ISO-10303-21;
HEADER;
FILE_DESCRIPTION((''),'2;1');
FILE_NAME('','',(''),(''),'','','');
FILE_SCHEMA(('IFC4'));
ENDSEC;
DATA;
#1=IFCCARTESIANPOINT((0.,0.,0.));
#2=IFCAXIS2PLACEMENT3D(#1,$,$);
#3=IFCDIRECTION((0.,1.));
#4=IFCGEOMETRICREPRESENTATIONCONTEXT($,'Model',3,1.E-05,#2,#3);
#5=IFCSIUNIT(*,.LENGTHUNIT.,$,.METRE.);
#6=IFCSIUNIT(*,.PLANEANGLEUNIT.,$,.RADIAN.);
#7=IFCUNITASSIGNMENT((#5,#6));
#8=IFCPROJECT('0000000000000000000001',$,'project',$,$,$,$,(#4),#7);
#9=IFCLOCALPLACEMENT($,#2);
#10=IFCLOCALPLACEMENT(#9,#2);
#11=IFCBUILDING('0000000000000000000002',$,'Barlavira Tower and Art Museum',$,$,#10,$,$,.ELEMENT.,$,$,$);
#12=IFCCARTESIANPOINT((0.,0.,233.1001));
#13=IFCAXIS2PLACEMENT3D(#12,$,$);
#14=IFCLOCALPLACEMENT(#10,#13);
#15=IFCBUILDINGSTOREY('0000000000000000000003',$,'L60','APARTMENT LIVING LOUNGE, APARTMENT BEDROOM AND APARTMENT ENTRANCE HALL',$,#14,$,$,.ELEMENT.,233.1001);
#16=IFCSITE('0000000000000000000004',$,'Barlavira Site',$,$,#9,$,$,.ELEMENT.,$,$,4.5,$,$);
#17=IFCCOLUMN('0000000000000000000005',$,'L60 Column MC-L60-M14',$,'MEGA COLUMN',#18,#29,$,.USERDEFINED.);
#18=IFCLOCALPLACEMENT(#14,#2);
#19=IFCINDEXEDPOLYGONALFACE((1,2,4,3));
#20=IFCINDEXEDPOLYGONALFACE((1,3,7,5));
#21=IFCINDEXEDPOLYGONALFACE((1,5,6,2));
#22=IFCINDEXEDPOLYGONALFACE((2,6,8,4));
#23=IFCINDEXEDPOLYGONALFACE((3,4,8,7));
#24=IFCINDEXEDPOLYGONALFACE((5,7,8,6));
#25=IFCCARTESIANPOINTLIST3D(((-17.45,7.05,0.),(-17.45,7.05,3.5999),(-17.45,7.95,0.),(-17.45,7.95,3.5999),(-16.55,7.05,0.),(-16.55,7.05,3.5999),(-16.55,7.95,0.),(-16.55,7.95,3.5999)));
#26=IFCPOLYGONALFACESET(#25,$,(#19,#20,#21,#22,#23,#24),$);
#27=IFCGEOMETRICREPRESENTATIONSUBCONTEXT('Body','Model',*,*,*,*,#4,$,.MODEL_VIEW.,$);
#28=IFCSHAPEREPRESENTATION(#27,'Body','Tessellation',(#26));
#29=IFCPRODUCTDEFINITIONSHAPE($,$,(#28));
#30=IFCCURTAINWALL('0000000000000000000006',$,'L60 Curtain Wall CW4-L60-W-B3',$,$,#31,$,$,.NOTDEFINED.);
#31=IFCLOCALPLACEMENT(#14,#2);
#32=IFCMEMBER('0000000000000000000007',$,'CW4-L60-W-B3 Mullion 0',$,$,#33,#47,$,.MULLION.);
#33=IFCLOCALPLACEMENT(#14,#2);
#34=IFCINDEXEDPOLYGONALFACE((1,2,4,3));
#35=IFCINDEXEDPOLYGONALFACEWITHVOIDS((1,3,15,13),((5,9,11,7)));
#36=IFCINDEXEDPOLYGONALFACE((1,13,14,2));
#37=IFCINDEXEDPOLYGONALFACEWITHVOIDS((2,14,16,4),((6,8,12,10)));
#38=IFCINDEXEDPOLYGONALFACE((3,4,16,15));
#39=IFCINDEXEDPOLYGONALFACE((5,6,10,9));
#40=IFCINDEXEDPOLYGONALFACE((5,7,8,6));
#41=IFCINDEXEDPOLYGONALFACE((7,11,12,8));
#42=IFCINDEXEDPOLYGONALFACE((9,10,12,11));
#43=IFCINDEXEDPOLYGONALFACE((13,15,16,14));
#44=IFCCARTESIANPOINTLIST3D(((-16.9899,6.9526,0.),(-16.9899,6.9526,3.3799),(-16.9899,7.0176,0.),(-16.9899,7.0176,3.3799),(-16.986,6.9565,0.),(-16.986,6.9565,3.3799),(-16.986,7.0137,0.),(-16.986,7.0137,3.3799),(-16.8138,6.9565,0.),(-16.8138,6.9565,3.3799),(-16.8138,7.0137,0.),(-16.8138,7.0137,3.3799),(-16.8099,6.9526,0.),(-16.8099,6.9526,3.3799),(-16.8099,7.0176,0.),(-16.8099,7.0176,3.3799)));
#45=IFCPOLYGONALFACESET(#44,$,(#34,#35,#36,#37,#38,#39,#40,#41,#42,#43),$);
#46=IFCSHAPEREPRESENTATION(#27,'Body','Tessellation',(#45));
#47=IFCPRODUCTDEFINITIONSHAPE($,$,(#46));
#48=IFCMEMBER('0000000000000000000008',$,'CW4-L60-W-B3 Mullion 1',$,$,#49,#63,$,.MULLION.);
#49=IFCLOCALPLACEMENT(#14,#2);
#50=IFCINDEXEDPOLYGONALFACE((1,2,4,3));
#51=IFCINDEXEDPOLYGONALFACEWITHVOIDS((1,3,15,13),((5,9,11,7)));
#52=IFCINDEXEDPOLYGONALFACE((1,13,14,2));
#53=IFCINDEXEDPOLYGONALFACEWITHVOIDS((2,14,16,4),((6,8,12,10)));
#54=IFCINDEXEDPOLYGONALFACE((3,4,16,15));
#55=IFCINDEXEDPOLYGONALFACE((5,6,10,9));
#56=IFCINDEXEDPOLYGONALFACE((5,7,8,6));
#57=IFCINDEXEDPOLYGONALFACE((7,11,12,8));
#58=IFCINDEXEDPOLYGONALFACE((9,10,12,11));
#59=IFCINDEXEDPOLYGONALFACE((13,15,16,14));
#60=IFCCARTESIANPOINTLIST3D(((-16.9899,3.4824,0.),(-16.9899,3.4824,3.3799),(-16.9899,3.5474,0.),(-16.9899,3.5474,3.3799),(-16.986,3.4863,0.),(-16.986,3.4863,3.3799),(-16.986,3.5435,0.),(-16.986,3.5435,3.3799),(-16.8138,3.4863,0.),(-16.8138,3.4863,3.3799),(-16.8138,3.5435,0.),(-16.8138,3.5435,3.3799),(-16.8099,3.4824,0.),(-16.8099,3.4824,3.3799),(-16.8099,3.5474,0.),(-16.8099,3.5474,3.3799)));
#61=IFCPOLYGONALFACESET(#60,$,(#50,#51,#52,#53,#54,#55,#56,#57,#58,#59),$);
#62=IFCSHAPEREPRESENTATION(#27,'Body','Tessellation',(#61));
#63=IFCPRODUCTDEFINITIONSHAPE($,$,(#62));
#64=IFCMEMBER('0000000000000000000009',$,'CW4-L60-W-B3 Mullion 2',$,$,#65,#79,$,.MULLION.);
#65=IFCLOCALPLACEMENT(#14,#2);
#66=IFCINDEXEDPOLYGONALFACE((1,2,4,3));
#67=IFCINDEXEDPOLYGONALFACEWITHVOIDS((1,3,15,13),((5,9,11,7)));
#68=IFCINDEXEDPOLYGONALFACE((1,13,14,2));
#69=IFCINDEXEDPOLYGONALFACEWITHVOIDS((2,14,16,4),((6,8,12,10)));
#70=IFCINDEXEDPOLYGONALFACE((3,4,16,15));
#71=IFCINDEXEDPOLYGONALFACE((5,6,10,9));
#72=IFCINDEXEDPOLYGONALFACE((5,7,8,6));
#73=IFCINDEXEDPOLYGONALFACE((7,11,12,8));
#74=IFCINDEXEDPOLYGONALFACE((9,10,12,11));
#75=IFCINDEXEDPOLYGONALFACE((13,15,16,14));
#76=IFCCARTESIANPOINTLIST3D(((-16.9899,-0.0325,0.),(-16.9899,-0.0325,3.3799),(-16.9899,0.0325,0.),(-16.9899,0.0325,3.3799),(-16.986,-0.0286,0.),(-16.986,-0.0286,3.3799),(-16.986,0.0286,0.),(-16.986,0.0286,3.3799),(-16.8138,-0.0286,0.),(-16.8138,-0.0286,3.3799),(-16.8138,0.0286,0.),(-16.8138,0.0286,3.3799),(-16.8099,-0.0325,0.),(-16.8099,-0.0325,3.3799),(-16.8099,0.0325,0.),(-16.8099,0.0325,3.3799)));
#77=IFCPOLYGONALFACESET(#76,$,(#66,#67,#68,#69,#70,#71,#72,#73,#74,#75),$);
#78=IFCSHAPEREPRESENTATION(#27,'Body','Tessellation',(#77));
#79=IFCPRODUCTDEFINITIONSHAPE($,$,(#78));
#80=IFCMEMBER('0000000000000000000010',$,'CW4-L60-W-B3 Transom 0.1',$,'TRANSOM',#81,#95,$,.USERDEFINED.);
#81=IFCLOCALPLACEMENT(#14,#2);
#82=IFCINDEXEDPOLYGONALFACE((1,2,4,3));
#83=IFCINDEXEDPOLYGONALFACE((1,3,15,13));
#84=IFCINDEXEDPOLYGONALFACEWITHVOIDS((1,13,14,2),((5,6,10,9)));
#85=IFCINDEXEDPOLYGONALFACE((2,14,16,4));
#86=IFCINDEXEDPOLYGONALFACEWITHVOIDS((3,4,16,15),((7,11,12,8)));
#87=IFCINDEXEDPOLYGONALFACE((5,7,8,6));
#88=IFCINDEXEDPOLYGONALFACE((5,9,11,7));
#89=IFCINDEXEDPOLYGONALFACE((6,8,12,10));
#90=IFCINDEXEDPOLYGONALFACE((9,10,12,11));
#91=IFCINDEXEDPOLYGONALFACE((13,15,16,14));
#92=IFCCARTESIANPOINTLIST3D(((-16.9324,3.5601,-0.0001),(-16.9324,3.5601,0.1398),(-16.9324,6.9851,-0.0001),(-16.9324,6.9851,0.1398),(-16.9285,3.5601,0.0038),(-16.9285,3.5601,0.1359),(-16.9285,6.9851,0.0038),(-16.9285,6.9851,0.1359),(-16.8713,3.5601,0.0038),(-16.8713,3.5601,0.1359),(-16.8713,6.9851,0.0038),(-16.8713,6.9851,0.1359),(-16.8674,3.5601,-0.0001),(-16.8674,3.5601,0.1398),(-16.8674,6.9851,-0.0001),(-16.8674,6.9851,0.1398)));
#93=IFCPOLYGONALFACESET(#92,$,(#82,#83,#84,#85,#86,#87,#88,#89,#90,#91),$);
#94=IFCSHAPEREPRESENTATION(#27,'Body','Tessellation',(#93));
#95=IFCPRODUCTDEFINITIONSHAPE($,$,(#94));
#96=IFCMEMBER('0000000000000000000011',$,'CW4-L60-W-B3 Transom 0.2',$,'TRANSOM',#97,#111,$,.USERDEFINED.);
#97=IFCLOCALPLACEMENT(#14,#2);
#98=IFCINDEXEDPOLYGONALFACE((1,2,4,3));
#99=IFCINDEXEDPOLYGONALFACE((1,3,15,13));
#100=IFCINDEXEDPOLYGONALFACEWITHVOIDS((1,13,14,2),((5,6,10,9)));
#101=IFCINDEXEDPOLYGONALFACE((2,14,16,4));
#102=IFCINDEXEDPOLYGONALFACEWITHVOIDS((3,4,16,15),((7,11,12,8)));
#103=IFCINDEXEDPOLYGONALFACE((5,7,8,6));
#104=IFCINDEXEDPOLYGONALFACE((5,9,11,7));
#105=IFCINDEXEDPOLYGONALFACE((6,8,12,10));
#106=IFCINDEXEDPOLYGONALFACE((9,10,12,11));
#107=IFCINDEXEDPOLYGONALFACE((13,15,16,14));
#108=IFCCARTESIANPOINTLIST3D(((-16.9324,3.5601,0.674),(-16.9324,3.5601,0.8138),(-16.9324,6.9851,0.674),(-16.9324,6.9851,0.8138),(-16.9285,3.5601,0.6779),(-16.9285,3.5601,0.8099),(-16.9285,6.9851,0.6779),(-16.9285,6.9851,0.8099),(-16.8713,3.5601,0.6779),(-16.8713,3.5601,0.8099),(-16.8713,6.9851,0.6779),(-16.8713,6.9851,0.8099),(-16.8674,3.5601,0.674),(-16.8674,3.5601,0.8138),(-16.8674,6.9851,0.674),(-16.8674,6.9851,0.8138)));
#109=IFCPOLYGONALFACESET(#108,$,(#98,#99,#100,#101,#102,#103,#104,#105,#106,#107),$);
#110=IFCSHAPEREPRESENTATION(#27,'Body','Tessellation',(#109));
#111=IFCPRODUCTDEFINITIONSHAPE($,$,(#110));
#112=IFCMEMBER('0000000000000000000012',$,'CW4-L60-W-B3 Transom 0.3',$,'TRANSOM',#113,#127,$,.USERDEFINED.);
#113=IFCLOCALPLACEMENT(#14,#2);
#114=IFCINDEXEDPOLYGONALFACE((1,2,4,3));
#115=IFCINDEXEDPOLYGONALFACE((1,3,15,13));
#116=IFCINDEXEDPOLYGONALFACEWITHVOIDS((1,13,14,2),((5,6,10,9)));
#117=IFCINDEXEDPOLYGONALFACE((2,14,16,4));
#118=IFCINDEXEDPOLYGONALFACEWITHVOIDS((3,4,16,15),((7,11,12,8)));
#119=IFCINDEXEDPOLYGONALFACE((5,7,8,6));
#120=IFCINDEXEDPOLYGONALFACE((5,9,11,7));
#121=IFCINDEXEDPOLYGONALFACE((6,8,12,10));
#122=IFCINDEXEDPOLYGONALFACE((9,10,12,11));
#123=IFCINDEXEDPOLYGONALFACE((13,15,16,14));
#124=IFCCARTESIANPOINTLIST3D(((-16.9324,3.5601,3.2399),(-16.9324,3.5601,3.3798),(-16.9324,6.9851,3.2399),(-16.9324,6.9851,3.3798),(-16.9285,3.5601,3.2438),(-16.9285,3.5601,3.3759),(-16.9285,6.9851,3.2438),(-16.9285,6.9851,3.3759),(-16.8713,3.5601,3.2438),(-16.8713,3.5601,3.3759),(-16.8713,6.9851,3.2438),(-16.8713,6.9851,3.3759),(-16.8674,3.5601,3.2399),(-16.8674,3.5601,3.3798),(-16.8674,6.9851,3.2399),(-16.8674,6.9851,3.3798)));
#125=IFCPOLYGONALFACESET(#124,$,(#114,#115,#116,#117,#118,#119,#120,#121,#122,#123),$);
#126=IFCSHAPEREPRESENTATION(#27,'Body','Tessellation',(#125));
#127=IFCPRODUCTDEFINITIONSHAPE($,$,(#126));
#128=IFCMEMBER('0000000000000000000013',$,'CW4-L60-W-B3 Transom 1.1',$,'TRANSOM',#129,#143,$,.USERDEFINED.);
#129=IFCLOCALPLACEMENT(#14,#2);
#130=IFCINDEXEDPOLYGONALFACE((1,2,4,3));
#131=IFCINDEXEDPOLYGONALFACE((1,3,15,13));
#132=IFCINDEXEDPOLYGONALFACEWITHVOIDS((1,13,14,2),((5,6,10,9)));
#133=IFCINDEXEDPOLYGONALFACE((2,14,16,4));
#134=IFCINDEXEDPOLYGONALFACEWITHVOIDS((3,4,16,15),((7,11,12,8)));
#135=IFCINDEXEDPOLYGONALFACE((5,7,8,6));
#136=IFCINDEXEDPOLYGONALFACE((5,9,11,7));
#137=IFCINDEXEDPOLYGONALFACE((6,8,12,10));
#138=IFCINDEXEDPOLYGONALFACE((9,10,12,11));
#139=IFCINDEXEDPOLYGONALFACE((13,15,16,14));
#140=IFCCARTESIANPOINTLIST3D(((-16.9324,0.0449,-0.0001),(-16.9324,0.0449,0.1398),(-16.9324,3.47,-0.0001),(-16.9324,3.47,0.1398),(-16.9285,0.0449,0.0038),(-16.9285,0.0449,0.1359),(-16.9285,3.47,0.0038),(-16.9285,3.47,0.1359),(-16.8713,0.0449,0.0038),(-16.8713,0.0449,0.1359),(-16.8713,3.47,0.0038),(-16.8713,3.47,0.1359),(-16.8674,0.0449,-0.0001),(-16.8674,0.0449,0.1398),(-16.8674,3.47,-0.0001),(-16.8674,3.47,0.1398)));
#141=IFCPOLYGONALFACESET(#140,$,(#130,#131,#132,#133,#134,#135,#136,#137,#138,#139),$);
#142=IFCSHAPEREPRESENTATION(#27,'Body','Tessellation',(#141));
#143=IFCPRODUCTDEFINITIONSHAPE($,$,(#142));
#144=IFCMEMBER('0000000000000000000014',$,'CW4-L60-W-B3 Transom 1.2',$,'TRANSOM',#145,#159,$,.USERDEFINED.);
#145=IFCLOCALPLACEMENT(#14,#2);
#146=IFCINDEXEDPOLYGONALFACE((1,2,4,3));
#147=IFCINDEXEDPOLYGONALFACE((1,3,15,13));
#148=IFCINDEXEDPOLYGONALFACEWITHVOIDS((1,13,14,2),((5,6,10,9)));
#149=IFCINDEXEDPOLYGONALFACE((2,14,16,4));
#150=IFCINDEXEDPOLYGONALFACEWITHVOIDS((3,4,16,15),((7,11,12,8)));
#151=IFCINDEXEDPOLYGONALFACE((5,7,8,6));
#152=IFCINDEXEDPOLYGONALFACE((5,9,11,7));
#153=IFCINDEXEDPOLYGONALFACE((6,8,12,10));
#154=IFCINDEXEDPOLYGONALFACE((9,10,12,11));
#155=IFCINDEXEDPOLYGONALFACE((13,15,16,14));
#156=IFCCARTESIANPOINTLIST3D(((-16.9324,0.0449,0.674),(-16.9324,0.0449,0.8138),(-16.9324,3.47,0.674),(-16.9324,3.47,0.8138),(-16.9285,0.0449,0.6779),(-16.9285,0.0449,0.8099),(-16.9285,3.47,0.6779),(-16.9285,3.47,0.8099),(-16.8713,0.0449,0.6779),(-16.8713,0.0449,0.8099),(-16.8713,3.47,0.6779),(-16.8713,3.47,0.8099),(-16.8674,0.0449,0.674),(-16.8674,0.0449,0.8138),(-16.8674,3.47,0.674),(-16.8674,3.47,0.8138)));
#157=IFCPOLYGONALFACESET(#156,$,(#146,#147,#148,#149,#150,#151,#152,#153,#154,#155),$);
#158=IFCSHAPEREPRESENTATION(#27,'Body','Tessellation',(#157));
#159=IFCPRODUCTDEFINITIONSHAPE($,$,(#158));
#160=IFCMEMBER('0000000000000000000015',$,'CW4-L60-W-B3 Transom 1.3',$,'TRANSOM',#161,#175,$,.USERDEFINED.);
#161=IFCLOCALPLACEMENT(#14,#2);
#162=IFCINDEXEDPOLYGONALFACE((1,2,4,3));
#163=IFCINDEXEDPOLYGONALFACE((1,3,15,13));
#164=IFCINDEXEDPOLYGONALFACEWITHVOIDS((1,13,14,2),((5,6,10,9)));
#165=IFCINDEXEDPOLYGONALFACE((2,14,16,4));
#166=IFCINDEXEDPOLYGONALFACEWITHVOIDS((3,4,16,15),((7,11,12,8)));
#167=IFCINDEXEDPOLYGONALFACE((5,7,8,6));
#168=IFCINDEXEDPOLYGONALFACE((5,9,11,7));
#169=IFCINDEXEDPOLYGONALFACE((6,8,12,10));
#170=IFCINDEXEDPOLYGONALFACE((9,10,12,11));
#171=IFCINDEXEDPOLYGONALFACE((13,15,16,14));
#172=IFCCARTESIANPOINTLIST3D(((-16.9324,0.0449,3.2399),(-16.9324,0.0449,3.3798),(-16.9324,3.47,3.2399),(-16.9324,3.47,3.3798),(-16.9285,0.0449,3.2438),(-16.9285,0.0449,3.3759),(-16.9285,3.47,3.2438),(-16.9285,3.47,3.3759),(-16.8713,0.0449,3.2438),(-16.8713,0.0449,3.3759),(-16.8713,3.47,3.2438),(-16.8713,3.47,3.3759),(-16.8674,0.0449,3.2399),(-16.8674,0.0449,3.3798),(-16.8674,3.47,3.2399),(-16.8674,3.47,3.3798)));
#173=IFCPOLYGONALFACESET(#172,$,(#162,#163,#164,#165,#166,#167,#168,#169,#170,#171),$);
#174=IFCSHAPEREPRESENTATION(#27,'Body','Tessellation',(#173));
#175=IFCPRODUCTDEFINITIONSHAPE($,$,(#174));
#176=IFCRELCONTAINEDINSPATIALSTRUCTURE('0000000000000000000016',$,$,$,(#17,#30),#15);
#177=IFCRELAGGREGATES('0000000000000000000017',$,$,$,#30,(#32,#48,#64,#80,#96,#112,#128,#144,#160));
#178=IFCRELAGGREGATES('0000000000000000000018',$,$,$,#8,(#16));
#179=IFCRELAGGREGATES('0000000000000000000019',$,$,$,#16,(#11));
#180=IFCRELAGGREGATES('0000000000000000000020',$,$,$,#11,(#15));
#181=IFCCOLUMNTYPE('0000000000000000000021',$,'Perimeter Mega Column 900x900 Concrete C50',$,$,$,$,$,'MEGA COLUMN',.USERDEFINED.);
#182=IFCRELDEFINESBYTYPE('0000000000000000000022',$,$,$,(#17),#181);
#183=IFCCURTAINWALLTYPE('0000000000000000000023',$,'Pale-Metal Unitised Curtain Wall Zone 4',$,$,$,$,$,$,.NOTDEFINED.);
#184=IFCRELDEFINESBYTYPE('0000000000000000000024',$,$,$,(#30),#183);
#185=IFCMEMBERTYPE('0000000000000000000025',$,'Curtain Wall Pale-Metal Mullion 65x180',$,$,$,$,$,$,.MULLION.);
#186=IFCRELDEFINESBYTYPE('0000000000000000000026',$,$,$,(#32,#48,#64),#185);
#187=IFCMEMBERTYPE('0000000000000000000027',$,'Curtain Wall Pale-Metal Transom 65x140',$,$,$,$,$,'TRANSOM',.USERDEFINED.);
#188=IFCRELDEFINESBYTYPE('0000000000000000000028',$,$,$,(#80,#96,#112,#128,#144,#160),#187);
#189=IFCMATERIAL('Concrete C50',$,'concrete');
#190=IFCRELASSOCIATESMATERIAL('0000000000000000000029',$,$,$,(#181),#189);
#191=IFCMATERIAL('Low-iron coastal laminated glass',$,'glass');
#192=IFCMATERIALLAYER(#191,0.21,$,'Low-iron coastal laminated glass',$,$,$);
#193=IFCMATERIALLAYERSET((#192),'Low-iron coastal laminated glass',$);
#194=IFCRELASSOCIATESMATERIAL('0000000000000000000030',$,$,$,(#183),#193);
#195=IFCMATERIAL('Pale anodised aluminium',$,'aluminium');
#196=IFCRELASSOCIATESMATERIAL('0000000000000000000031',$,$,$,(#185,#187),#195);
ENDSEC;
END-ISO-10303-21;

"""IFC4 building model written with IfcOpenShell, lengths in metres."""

from ifc_helpers import new_model, si_unit, direction, frame, origin, origin_2d, place, context, subcontext, project, spatial, rectangle, hollow_rectangle, extrude, material, layer, layer_set, material_profile, profile_set, type_object, element, aggregate, save


model = new_model("IFC4")

# Units and contexts
model_context = context("Model", 3, precision=1e-05, world=origin(), true_north=direction((0.0, 1.0)))
body_context = subcontext(model_context, "Body", "Model", "MODEL_VIEW")
ifc_project = project(units=[si_unit("LENGTHUNIT", "METRE"), si_unit("PLANEANGLEUNIT", "RADIAN")], contexts=[model_context])

# Site, building, storey
site_placement = place(None, origin())
site = spatial("IfcSite", under=ifc_project, at=site_placement, Name="Barlavira Site", CompositionType="ELEMENT", RefElevation=4.5)
building_placement = place(site_placement, origin())
building = spatial("IfcBuilding", under=site, at=building_placement, Name="Barlavira Tower and Art Museum", CompositionType="ELEMENT")
storey_placement = place(building_placement, frame((0.0, 0.0, 233.1001)))
storey = spatial("IfcBuildingStorey", under=building, at=storey_placement, Name="L60", Description="APARTMENT LIVING LOUNGE, APARTMENT BEDROOM AND APARTMENT ENTRANCE HALL", CompositionType="ELEMENT", Elevation=233.1001)

# Column
ifc_material_1 = material(Name="Concrete C50", Category="concrete")
ifc_material_profile_1 = material_profile(ifc_material_1, rectangle(XDim=0.8999, YDim=0.8999, at=origin_2d()), Name="RC-COL 900x900")
ifc_profile_set_1 = profile_set([ifc_material_profile_1], Name="Concrete C50")
column_type = type_object("IfcColumnType", Name="Perimeter Mega Column 900x900 Concrete C50", ElementType="MEGA COLUMN", PredefinedType="USERDEFINED", material=ifc_profile_set_1)
column_placement = place(storey_placement, frame((-17.0, 7.5, 0.0), z_axis=(0.0, 0.0, 1.0), x_axis=(1.0, 0.0, 0.0)))
element("IfcColumn", 1, at=column_placement, inside=storey, type_object=column_type, Name="L60 Column MC-L60-M14", ObjectType="MEGA COLUMN", PredefinedType="USERDEFINED", context=body_context, shape_type="SweptSolid", body=[
    extrude(rectangle(XDim=0.8999, YDim=0.8999, at=origin_2d()), origin(), (0.0, 0.0, 1.0), 3.5999),
])

# Curtain wall, members
ifc_material_2 = material(Name="Low-iron coastal laminated glass", Category="glass")
ifc_layer_1 = layer(ifc_material_2, 0.21, Name="Low-iron coastal laminated glass")
ifc_layer_set_1 = layer_set([ifc_layer_1], Name="Low-iron coastal laminated glass")
curtain_wall_type = type_object("IfcCurtainWallType", Name="Pale-Metal Unitised Curtain Wall Zone 4", PredefinedType="NOTDEFINED", material=ifc_layer_set_1)
curtain_wall_placement = place(storey_placement, origin())
curtain_wall = element("IfcCurtainWall", 2, at=curtain_wall_placement, inside=storey, type_object=curtain_wall_type, Name="L60 Curtain Wall CW4-L60-W-B3", PredefinedType="NOTDEFINED")
ifc_material_3 = material(Name="Pale anodised aluminium", Category="aluminium")
ifc_material_profile_2 = material_profile(ifc_material_3, hollow_rectangle(XDim=0.0649, YDim=0.1799, WallThickness=0.0039, at=origin_2d()), Name="ALU-MULL 65x180x4")
ifc_profile_set_2 = profile_set([ifc_material_profile_2], Name="Pale anodised aluminium")
member_type_1 = type_object("IfcMemberType", Name="Curtain Wall Pale-Metal Mullion 65x180", PredefinedType="MULLION", material=ifc_profile_set_2)
member_1_placement = place(storey_placement, frame((-16.8999, 6.9851, 0.0), z_axis=(0.0, 0.0, 1.0), x_axis=(0.0, -1.0, 0.0)))
member_1 = element("IfcMember", 3, at=member_1_placement, type_object=member_type_1, Name="CW4-L60-W-B3 Mullion 0", PredefinedType="MULLION", context=body_context, shape_type="SweptSolid", body=[
    extrude(hollow_rectangle(XDim=0.0649, YDim=0.1799, WallThickness=0.0039, at=origin_2d()), origin(), (0.0, 0.0, 1.0), 3.3799),
])
member_2_placement = place(storey_placement, frame((-16.8999, 3.5149, 0.0), z_axis=(0.0, 0.0, 1.0), x_axis=(0.0, -1.0, 0.0)))
member_2 = element("IfcMember", 4, at=member_2_placement, type_object=member_type_1, Name="CW4-L60-W-B3 Mullion 1", PredefinedType="MULLION", context=body_context, shape_type="SweptSolid", body=[
    extrude(hollow_rectangle(XDim=0.0649, YDim=0.1799, WallThickness=0.0039, at=origin_2d()), origin(), (0.0, 0.0, 1.0), 3.3799),
])
member_3_placement = place(storey_placement, frame((-16.8999, 0.0, 0.0), z_axis=(0.0, 0.0, 1.0), x_axis=(0.0, -1.0, 0.0)))
member_3 = element("IfcMember", 5, at=member_3_placement, type_object=member_type_1, Name="CW4-L60-W-B3 Mullion 2", PredefinedType="MULLION", context=body_context, shape_type="SweptSolid", body=[
    extrude(hollow_rectangle(XDim=0.0649, YDim=0.1799, WallThickness=0.0039, at=origin_2d()), origin(), (0.0, 0.0, 1.0), 3.3799),
])
ifc_material_profile_3 = material_profile(ifc_material_3, hollow_rectangle(XDim=0.0649, YDim=0.1399, WallThickness=0.0039, at=origin_2d()), Name="ALU-TRAN 65x140x4")
ifc_profile_set_3 = profile_set([ifc_material_profile_3], Name="Pale anodised aluminium")
member_type_2 = type_object("IfcMemberType", Name="Curtain Wall Pale-Metal Transom 65x140", ElementType="TRANSOM", PredefinedType="USERDEFINED", material=ifc_profile_set_3)
member_4_placement = place(storey_placement, frame((-16.8999, 6.9851, 0.0698), z_axis=(0.0, -1.0, 0.0), x_axis=(1.0, 0.0, 0.0)))
member_4 = element("IfcMember", 6, at=member_4_placement, type_object=member_type_2, Name="CW4-L60-W-B3 Transom 0.1", ObjectType="TRANSOM", PredefinedType="USERDEFINED", context=body_context, shape_type="SweptSolid", body=[
    extrude(hollow_rectangle(XDim=0.0649, YDim=0.1399, WallThickness=0.0039, at=origin_2d()), origin(), (0.0, 0.0, 1.0), 3.425),
])
member_5_placement = place(storey_placement, frame((-16.8999, 6.9851, 0.7439), z_axis=(0.0, -1.0, 0.0), x_axis=(1.0, 0.0, 0.0)))
member_5 = element("IfcMember", 7, at=member_5_placement, type_object=member_type_2, Name="CW4-L60-W-B3 Transom 0.2", ObjectType="TRANSOM", PredefinedType="USERDEFINED", context=body_context, shape_type="SweptSolid", body=[
    extrude(hollow_rectangle(XDim=0.0649, YDim=0.1399, WallThickness=0.0039, at=origin_2d()), origin(), (0.0, 0.0, 1.0), 3.425),
])
member_6_placement = place(storey_placement, frame((-16.8999, 6.9851, 3.3098), z_axis=(0.0, -1.0, 0.0), x_axis=(1.0, 0.0, 0.0)))
member_6 = element("IfcMember", 8, at=member_6_placement, type_object=member_type_2, Name="CW4-L60-W-B3 Transom 0.3", ObjectType="TRANSOM", PredefinedType="USERDEFINED", context=body_context, shape_type="SweptSolid", body=[
    extrude(hollow_rectangle(XDim=0.0649, YDim=0.1399, WallThickness=0.0039, at=origin_2d()), origin(), (0.0, 0.0, 1.0), 3.425),
])
member_7_placement = place(storey_placement, frame((-16.8999, 3.47, 0.0698), z_axis=(0.0, -1.0, 0.0), x_axis=(1.0, 0.0, 0.0)))
member_7 = element("IfcMember", 9, at=member_7_placement, type_object=member_type_2, Name="CW4-L60-W-B3 Transom 1.1", ObjectType="TRANSOM", PredefinedType="USERDEFINED", context=body_context, shape_type="SweptSolid", body=[
    extrude(hollow_rectangle(XDim=0.0649, YDim=0.1399, WallThickness=0.0039, at=origin_2d()), origin(), (0.0, 0.0, 1.0), 3.425),
])
member_8_placement = place(storey_placement, frame((-16.8999, 3.47, 0.7439), z_axis=(0.0, -1.0, 0.0), x_axis=(1.0, 0.0, 0.0)))
member_8 = element("IfcMember", 10, at=member_8_placement, type_object=member_type_2, Name="CW4-L60-W-B3 Transom 1.2", ObjectType="TRANSOM", PredefinedType="USERDEFINED", context=body_context, shape_type="SweptSolid", body=[
    extrude(hollow_rectangle(XDim=0.0649, YDim=0.1399, WallThickness=0.0039, at=origin_2d()), origin(), (0.0, 0.0, 1.0), 3.425),
])
member_9_placement = place(storey_placement, frame((-16.8999, 3.47, 3.3098), z_axis=(0.0, -1.0, 0.0), x_axis=(1.0, 0.0, 0.0)))
member_9 = element("IfcMember", 11, at=member_9_placement, type_object=member_type_2, Name="CW4-L60-W-B3 Transom 1.3", ObjectType="TRANSOM", PredefinedType="USERDEFINED", context=body_context, shape_type="SweptSolid", body=[
    extrude(hollow_rectangle(XDim=0.0649, YDim=0.1399, WallThickness=0.0039, at=origin_2d()), origin(), (0.0, 0.0, 1.0), 3.425),
])

aggregate(curtain_wall, [member_1, member_2, member_3, member_4, member_5, member_6, member_7, member_8, member_9])

save(model, "model.ifc")
